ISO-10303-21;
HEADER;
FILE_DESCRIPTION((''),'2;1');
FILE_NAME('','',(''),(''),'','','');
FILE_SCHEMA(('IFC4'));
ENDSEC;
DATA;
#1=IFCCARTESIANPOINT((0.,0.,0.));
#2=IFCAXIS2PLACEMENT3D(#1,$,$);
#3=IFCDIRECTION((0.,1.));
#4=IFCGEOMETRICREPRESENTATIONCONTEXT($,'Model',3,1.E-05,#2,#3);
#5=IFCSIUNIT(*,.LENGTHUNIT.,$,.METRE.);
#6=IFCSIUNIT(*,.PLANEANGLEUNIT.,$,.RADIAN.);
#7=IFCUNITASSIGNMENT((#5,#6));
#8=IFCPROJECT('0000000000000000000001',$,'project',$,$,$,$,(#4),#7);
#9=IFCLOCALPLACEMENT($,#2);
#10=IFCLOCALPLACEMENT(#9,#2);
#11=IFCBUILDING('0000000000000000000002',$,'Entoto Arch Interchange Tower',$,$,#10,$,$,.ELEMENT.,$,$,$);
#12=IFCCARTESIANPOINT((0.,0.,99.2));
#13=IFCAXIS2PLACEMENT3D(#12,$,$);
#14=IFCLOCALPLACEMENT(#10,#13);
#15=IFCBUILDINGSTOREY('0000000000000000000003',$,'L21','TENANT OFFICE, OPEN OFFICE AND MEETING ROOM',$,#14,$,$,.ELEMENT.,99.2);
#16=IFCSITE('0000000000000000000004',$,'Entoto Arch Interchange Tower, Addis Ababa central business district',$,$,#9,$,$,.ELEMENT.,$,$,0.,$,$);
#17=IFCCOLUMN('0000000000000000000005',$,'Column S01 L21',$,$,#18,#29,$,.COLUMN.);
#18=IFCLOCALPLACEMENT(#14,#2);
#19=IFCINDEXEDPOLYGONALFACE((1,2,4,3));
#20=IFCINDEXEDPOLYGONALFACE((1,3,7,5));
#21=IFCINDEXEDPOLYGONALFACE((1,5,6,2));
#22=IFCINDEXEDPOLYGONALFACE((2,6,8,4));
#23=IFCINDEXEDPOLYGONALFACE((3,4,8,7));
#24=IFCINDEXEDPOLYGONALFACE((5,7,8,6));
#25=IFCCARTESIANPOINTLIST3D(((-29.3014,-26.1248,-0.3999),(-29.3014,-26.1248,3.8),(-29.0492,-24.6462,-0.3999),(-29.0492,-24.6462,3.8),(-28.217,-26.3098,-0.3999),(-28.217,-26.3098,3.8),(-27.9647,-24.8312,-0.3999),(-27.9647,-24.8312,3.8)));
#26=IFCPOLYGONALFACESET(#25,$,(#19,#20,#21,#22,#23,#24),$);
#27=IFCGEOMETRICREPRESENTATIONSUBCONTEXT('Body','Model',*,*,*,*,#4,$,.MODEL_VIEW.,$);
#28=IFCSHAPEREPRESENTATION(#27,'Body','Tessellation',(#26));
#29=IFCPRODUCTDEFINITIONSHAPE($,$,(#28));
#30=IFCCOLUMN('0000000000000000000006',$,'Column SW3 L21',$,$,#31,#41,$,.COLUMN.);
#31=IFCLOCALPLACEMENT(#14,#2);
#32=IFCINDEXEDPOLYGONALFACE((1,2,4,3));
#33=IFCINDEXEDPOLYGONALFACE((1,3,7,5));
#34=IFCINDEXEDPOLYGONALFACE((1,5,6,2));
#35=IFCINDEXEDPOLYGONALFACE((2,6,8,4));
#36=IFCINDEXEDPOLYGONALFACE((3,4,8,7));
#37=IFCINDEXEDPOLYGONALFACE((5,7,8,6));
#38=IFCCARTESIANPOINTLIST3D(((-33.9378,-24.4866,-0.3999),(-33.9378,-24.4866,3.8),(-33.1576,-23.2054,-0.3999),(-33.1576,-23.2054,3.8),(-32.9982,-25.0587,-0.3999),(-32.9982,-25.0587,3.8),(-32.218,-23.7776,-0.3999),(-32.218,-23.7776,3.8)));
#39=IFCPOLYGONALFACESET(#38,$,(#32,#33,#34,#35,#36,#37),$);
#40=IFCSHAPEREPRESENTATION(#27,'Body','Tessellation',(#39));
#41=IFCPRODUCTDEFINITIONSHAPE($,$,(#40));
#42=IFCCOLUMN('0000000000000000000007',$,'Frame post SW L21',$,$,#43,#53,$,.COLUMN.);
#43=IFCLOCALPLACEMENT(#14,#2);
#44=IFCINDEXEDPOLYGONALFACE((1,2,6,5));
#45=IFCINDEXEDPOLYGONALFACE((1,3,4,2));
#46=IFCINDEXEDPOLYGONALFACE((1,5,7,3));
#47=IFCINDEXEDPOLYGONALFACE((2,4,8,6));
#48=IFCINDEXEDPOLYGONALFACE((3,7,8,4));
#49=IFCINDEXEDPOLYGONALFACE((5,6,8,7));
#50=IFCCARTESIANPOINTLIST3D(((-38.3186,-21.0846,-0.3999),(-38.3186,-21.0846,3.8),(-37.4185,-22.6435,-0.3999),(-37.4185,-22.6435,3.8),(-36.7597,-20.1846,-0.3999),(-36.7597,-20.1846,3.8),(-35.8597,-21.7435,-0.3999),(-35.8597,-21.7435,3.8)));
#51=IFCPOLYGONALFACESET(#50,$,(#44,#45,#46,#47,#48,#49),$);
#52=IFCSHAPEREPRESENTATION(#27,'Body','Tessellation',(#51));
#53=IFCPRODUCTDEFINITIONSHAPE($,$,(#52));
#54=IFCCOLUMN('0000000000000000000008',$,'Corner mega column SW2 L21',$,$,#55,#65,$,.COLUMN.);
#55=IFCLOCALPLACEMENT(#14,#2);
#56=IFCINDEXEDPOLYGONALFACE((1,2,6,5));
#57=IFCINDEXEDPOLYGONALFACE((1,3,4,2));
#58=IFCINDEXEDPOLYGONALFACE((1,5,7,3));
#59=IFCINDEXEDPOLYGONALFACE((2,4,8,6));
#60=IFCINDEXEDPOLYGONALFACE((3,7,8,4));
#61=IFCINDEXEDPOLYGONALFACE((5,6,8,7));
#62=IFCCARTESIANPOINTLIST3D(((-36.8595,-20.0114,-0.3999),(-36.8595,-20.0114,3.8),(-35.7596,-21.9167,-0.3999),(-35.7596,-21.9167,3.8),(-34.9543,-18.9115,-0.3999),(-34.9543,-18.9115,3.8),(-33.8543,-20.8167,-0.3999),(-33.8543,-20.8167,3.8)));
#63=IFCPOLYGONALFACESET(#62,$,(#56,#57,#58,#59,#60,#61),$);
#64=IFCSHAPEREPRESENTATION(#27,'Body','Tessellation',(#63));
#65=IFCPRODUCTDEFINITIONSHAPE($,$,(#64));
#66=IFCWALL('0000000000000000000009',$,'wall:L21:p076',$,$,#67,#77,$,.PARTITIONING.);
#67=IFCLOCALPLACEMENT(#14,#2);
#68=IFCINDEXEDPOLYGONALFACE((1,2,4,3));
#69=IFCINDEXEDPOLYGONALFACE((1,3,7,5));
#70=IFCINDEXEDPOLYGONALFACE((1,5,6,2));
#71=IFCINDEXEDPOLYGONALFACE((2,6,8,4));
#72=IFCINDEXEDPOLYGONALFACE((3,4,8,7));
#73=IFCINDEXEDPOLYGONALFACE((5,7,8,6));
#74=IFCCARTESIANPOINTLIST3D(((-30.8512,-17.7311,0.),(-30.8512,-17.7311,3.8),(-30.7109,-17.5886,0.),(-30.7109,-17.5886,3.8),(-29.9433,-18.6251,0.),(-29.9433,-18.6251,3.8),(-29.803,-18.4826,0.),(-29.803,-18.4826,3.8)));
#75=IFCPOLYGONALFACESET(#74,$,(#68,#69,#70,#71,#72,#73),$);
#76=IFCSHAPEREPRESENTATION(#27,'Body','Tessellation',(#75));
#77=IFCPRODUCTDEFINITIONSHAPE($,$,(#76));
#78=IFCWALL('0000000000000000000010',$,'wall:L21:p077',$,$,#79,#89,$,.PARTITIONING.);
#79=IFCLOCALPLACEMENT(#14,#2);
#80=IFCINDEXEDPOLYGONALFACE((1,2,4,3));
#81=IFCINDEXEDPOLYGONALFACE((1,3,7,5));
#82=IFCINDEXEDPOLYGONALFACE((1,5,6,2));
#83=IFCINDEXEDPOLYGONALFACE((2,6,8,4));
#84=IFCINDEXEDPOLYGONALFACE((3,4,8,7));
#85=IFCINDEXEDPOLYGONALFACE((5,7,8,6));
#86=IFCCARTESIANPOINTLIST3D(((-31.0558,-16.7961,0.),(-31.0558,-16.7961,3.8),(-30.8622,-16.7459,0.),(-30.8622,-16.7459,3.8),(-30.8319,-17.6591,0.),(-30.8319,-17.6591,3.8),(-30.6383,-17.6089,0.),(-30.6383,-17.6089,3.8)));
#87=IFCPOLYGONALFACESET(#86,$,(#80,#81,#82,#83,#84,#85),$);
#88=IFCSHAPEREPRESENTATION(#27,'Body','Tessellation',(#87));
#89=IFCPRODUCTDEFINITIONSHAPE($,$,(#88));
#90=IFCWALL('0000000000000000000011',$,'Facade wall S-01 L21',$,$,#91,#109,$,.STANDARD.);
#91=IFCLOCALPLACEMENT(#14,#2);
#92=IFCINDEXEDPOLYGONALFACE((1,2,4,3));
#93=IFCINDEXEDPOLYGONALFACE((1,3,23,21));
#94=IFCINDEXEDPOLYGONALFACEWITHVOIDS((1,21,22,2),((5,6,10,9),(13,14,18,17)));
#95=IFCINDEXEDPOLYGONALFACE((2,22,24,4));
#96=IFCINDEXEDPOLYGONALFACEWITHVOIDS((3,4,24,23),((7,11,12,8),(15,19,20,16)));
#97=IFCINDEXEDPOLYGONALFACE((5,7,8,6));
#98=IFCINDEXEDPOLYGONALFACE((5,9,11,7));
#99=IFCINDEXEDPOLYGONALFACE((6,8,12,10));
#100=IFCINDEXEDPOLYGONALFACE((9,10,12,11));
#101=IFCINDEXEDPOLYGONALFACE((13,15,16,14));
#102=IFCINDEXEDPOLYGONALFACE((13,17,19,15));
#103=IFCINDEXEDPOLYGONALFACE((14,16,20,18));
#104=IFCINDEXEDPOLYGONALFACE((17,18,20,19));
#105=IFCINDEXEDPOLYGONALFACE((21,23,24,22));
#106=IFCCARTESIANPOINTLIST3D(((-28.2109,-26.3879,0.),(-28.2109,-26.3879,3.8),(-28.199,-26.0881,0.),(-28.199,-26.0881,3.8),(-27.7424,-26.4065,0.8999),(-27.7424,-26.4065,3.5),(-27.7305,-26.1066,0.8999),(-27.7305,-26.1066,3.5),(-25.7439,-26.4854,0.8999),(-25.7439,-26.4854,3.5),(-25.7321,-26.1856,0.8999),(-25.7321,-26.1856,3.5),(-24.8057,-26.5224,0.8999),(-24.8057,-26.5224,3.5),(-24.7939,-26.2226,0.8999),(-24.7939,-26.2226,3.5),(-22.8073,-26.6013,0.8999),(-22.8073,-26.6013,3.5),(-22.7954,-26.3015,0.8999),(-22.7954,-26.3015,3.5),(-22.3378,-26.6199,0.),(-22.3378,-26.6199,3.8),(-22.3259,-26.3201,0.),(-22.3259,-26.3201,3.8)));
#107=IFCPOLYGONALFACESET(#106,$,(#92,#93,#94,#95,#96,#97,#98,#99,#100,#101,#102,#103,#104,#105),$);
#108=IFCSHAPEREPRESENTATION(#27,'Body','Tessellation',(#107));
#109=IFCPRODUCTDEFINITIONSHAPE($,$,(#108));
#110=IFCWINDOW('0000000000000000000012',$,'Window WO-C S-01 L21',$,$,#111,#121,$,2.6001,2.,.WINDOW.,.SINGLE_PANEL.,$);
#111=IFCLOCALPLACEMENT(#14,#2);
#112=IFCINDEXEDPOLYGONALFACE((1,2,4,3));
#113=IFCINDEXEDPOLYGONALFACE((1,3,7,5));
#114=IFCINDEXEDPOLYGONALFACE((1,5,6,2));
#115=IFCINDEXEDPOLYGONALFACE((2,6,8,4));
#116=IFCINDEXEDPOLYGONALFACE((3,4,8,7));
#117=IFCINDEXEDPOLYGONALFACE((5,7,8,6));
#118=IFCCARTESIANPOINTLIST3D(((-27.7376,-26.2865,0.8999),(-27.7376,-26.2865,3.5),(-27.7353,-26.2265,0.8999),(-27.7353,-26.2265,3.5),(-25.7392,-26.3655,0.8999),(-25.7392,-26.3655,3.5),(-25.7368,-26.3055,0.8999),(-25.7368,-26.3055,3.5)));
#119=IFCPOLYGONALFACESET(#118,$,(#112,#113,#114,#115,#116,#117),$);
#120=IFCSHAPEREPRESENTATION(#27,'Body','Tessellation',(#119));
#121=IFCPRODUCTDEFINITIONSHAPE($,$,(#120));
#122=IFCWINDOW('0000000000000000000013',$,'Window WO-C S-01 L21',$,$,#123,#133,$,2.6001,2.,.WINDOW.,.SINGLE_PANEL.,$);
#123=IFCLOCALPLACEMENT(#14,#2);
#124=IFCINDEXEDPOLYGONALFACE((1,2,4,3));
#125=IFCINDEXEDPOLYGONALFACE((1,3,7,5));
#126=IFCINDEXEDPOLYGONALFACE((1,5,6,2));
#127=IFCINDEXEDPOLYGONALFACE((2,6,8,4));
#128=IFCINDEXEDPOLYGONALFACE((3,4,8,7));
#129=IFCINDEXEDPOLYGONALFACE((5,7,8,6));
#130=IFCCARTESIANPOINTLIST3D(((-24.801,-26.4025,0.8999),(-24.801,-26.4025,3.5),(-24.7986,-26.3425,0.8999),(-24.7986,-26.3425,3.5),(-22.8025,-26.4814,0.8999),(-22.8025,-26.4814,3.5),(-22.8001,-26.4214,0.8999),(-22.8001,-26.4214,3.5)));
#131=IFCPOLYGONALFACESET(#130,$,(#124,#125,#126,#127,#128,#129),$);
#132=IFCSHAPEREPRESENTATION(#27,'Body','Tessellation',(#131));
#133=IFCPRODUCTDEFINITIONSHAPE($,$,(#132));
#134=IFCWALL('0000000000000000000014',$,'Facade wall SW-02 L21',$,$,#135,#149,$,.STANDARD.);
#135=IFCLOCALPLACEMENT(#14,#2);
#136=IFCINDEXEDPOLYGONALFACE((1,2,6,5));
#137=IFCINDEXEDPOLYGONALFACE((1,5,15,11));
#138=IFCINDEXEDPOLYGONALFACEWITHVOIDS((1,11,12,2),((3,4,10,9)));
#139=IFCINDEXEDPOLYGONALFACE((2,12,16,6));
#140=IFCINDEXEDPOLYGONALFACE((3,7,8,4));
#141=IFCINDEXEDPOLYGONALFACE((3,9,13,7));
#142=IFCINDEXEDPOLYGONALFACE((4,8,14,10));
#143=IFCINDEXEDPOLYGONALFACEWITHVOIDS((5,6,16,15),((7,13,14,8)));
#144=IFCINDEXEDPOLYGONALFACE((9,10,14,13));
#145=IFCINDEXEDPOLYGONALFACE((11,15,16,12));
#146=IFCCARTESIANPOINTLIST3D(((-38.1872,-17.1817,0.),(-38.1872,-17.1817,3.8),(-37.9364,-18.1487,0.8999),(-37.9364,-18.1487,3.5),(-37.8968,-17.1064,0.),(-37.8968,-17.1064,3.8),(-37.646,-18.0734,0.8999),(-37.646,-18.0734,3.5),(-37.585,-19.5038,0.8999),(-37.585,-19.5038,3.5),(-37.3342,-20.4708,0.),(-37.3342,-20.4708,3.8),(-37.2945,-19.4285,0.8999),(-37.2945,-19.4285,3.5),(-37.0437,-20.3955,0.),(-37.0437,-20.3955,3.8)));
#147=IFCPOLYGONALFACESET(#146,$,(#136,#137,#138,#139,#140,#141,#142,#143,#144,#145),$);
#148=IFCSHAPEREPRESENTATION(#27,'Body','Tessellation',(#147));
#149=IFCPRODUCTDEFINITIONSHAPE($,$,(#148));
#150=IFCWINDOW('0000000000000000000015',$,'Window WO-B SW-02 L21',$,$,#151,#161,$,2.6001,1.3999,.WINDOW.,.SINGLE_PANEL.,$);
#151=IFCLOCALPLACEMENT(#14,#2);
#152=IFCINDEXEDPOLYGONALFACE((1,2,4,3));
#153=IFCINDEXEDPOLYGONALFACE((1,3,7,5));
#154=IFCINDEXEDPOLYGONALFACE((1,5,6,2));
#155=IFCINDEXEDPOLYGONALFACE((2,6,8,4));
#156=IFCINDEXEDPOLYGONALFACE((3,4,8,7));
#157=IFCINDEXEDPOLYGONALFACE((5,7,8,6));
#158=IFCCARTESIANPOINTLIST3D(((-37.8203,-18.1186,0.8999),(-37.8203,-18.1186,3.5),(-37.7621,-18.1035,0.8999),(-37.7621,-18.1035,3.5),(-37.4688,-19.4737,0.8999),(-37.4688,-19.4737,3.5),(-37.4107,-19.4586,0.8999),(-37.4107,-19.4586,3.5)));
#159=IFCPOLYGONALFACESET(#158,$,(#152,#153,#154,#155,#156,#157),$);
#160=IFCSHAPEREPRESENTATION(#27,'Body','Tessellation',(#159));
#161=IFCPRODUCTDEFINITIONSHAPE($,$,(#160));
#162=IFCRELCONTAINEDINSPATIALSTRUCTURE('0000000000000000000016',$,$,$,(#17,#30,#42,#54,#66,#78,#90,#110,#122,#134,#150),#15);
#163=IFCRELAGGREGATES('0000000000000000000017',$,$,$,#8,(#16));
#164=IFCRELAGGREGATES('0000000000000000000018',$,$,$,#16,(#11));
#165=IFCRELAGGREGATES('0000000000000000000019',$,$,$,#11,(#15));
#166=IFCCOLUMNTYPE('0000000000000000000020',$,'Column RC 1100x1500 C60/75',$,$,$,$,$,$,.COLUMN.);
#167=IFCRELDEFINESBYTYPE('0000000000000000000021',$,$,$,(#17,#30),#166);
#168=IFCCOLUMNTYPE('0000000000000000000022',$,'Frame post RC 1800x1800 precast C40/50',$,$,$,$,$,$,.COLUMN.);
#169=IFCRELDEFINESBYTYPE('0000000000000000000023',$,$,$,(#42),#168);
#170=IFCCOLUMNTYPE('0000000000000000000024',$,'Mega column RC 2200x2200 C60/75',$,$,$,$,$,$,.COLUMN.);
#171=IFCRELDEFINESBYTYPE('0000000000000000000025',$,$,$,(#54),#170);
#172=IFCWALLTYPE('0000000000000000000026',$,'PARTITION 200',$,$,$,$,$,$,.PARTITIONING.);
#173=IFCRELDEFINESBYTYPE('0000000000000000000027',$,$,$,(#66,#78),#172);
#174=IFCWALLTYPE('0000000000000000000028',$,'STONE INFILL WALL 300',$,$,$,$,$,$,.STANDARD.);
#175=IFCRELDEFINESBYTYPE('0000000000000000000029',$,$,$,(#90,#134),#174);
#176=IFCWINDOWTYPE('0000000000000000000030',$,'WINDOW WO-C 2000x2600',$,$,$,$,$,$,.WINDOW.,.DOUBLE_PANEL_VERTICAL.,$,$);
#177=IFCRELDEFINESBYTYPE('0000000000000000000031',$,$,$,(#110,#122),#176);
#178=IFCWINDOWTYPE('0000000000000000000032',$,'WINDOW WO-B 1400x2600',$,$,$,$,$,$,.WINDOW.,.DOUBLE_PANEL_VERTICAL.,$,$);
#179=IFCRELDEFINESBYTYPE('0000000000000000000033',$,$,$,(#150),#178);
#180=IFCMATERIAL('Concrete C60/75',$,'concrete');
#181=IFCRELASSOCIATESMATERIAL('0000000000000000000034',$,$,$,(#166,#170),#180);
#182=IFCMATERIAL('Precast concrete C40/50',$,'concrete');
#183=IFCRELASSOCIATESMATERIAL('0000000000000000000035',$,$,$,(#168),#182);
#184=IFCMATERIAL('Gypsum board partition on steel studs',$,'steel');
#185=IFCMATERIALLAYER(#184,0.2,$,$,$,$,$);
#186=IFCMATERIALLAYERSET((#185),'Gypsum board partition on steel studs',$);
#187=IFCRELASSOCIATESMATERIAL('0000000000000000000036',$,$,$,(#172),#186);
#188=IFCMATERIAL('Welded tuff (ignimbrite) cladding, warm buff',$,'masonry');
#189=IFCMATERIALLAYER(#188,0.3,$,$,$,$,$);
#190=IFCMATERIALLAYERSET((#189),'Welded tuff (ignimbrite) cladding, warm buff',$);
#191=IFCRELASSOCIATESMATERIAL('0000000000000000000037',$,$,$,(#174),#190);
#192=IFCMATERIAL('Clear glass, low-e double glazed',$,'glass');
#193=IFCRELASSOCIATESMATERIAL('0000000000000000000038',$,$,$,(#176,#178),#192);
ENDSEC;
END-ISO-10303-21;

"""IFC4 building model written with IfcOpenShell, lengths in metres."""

from ifc_helpers import new_model, si_unit, direction, frame, frame_2d, origin, origin_2d, place, context, subcontext, project, spatial, rectangle, extrude, material, layer, layer_set, material_profile, profile_set, type_object, element, fill, save


model = new_model("IFC4")

# Units and contexts
model_context = context("Model", 3, precision=1e-05, world=origin(), true_north=direction((0.0, 1.0)))
body_context = subcontext(model_context, "Body", "Model", "MODEL_VIEW")
ifc_project = project(units=[si_unit("LENGTHUNIT", "METRE"), si_unit("PLANEANGLEUNIT", "RADIAN")], contexts=[model_context])

# Site, building, storey
site_placement = place(None, origin())
site = spatial("IfcSite", under=ifc_project, at=site_placement, Name="Entoto Arch Interchange Tower, Addis Ababa central business district", CompositionType="ELEMENT", RefElevation=0.0)
building_placement = place(site_placement, origin())
building = spatial("IfcBuilding", under=site, at=building_placement, Name="Entoto Arch Interchange Tower", CompositionType="ELEMENT")
storey_placement = place(building_placement, frame((0.0, 0.0, 99.2)))
storey = spatial("IfcBuildingStorey", under=building, at=storey_placement, Name="L21", Description="TENANT OFFICE, OPEN OFFICE AND MEETING ROOM", CompositionType="ELEMENT", Elevation=99.2)

# Columns
ifc_material_1 = material(Name="Concrete C60/75", Category="concrete")
ifc_material_profile_1 = material_profile(ifc_material_1, rectangle(XDim=1.1001, YDim=1.5, at=origin_2d()))
ifc_profile_set_1 = profile_set([ifc_material_profile_1], Name="Concrete C60/75")
column_type_1 = type_object("IfcColumnType", Name="Column RC 1100x1500 C60/75", PredefinedType="COLUMN", material=ifc_profile_set_1)
for number, where, z_axis, x_axis, name in (
    (1, (-28.6331, -25.478, -0.3999), (0.0, 0.0, 1.0), (-0.985759, 0.168162, 0.0), "Column S01 L21"),
    (2, (-33.0779, -24.1321, -0.3999), (0.0, 0.0, 1.0), (-0.854096, 0.520116, 0.0), "Column SW3 L21"),
):
    element("IfcColumn", number, at=place(storey_placement, frame(where, z_axis=z_axis, x_axis=x_axis)), inside=storey, type_object=column_type_1, Name=name, PredefinedType="COLUMN", context=body_context, shape_type="SweptSolid", body=[
        extrude(rectangle(XDim=1.1001, YDim=1.5, at=origin_2d()), origin(), (0.0, 0.0, 1.0), 4.2),
    ])
ifc_material_2 = material(Name="Precast concrete C40/50", Category="concrete")
ifc_material_profile_2 = material_profile(ifc_material_2, rectangle(XDim=1.8, YDim=1.8, at=origin_2d()))
ifc_profile_set_2 = profile_set([ifc_material_profile_2], Name="Precast concrete C40/50")
column_type_2 = type_object("IfcColumnType", Name="Frame post RC 1800x1800 precast C40/50", PredefinedType="COLUMN", material=ifc_profile_set_2)
column_1_placement = place(storey_placement, frame((-37.0891, -21.4141, -0.3999), z_axis=(0.0, 0.0, 1.0), x_axis=(0.866025, 0.5, 0.0)))
element("IfcColumn", 3, at=column_1_placement, inside=storey, type_object=column_type_2, Name="Frame post SW L21", PredefinedType="COLUMN", context=body_context, shape_type="SweptSolid", body=[
    extrude(rectangle(XDim=1.8, YDim=1.8, at=origin_2d()), origin(), (0.0, 0.0, 1.0), 4.2),
])
ifc_material_profile_3 = material_profile(ifc_material_1, rectangle(XDim=2.2, YDim=2.2, at=origin_2d()))
ifc_profile_set_3 = profile_set([ifc_material_profile_3], Name="Concrete C60/75")
column_type_3 = type_object("IfcColumnType", Name="Mega column RC 2200x2200 C60/75", PredefinedType="COLUMN", material=ifc_profile_set_3)
column_2_placement = place(storey_placement, frame((-35.3569, -20.4141, -0.3999), z_axis=(0.0, 0.0, 1.0), x_axis=(0.866025, 0.5, 0.0)))
element("IfcColumn", 4, at=column_2_placement, inside=storey, type_object=column_type_3, Name="Corner mega column SW2 L21", PredefinedType="COLUMN", context=body_context, shape_type="SweptSolid", body=[
    extrude(rectangle(XDim=2.2, YDim=2.2, at=origin_2d()), origin(), (0.0, 0.0, 1.0), 4.2),
])

# Walls
ifc_material_3 = material(Name="Gypsum board partition on steel studs", Category="steel")
ifc_layer_1 = layer(ifc_material_3, 0.2)
ifc_layer_set_1 = layer_set([ifc_layer_1], Name="Gypsum board partition on steel studs")
wall_type_1 = type_object("IfcWallType", Name="PARTITION 200", PredefinedType="PARTITIONING", material=ifc_layer_set_1)
wall_1_placement = place(storey_placement, frame((-29.873, -18.554, 0.0), z_axis=(0.0, 0.0, 1.0), x_axis=(-0.712546, 0.701625, 0.0)))
element("IfcWall", 5, at=wall_1_placement, inside=storey, type_object=wall_type_1, Name="wall:L21:p076", PredefinedType="PARTITIONING", context=body_context, shape_type="SweptSolid", body=[
    extrude(rectangle(XDim=1.2742, YDim=0.2, at=frame_2d((0.6372, 0.0))), origin(), (0.0, 0.0, 1.0), 3.8),
])
wall_2_placement = place(storey_placement, frame((-30.7351, -17.634, 0.0), z_axis=(0.0, 0.0, 1.0), x_axis=(-0.251095, 0.967962, 0.0)))
element("IfcWall", 6, at=wall_2_placement, inside=storey, type_object=wall_type_1, Name="wall:L21:p077", PredefinedType="PARTITIONING", context=body_context, shape_type="SweptSolid", body=[
    extrude(rectangle(XDim=0.8916, YDim=0.2, at=frame_2d((0.4458, 0.0))), origin(), (0.0, 0.0, 1.0), 3.8),
])

# Wall, openings, windows
ifc_material_4 = material(Name="Welded tuff (ignimbrite) cladding, warm buff", Category="masonry")
ifc_layer_2 = layer(ifc_material_4, 0.3)
ifc_layer_set_2 = layer_set([ifc_layer_2], Name="Welded tuff (ignimbrite) cladding, warm buff")
wall_type_2 = type_object("IfcWallType", Name="STONE INFILL WALL 300", PredefinedType="STANDARD", material=ifc_layer_set_2)
wall_3_placement = place(storey_placement, frame((-28.2051, -26.238, 0.0), z_axis=(0.0, 0.0, 1.0), x_axis=(0.999221, -0.03946, 0.0)))
wall_3 = element("IfcWall", 7, at=wall_3_placement, inside=storey, type_object=wall_type_2, Name="Facade wall S-01 L21", PredefinedType="STANDARD", context=body_context, shape_type="SweptSolid", body=[
    extrude(rectangle(XDim=5.8777, YDim=0.3, at=frame_2d((2.939, 0.0))), origin(), (0.0, 0.0, 1.0), 3.8),
])
opening_1_placement = place(wall_3_placement, frame((0.469, 0.0, 0.8999)))
opening_1 = element("IfcOpeningElement", 8, at=opening_1_placement, cuts=wall_3, PredefinedType="OPENING", context=body_context, shape_type="SweptSolid", body=[
    extrude(rectangle(XDim=2.0, YDim=2.6001, at=frame_2d((1.0, 1.3))), frame((0.0, 0.1602, 0.0), z_axis=(0.0, -1.0, 0.0), x_axis=(1.0, 0.0, 0.0)), (0.0, 0.0, 1.0), 0.3201),
])
opening_2_placement = place(wall_3_placement, frame((3.408, 0.0, 0.8999)))
opening_2 = element("IfcOpeningElement", 9, at=opening_2_placement, cuts=wall_3, PredefinedType="OPENING", context=body_context, shape_type="SweptSolid", body=[
    extrude(rectangle(XDim=2.0, YDim=2.6001, at=frame_2d((1.0, 1.3))), frame((0.0, 0.1602, 0.0), z_axis=(0.0, -1.0, 0.0), x_axis=(1.0, 0.0, 0.0)), (0.0, 0.0, 1.0), 0.3201),
])
ifc_material_5 = material(Name="Clear glass, low-e double glazed", Category="glass")
window_type_1 = type_object("IfcWindowType", Name="WINDOW WO-C 2000x2600", PartitioningType="DOUBLE_PANEL_VERTICAL", PredefinedType="WINDOW", material=ifc_material_5)
window_1_placement = place(opening_1_placement, origin())
window_1 = element("IfcWindow", 10, at=window_1_placement, inside=storey, type_object=window_type_1, Name="Window WO-C S-01 L21", OverallHeight=2.6001, OverallWidth=2.0, PartitioningType="SINGLE_PANEL", PredefinedType="WINDOW", context=body_context, shape_type="SweptSolid", body=[
    extrude(rectangle(XDim=2.0, YDim=2.6001, at=frame_2d((1.0, 1.3))), frame((0.0, 0.03, 0.0), z_axis=(0.0, -1.0, 0.0), x_axis=(1.0, 0.0, 0.0)), (0.0, 0.0, 1.0), 0.0601),
])
fill(opening_1, window_1)
window_2_placement = place(opening_2_placement, origin())
window_2 = element("IfcWindow", 11, at=window_2_placement, inside=storey, type_object=window_type_1, Name="Window WO-C S-01 L21", OverallHeight=2.6001, OverallWidth=2.0, PartitioningType="SINGLE_PANEL", PredefinedType="WINDOW", context=body_context, shape_type="SweptSolid", body=[
    extrude(rectangle(XDim=2.0, YDim=2.6001, at=frame_2d((1.0, 1.3))), frame((0.0, 0.03, 0.0), z_axis=(0.0, -1.0, 0.0), x_axis=(1.0, 0.0, 0.0)), (0.0, 0.0, 1.0), 0.0601),
])
fill(opening_2, window_2)

# Wall, opening, window
wall_4_placement = place(storey_placement, frame((-38.042, -17.144, 0.0), z_axis=(0.0, 0.0, 1.0), x_axis=(0.251047, -0.967975, 0.0)))
wall_4 = element("IfcWall", 12, at=wall_4_placement, inside=storey, type_object=wall_type_2, Name="Facade wall SW-02 L21", PredefinedType="STANDARD", context=body_context, shape_type="SweptSolid", body=[
    extrude(rectangle(XDim=3.3979, YDim=0.3, at=frame_2d((1.699, 0.0))), origin(), (0.0, 0.0, 1.0), 3.8),
])
opening_3_placement = place(wall_4_placement, frame((0.999, 0.0, 0.8999)))
opening_3 = element("IfcOpeningElement", 13, at=opening_3_placement, cuts=wall_4, PredefinedType="OPENING", context=body_context, shape_type="SweptSolid", body=[
    extrude(rectangle(XDim=1.3999, YDim=2.6001, at=frame_2d((0.7, 1.3))), frame((0.0, 0.1602, 0.0), z_axis=(0.0, -1.0, 0.0), x_axis=(1.0, 0.0, 0.0)), (0.0, 0.0, 1.0), 0.3201),
])
window_type_2 = type_object("IfcWindowType", Name="WINDOW WO-B 1400x2600", PartitioningType="DOUBLE_PANEL_VERTICAL", PredefinedType="WINDOW", material=ifc_material_5)
window_3_placement = place(opening_3_placement, origin())
window_3 = element("IfcWindow", 14, at=window_3_placement, inside=storey, type_object=window_type_2, Name="Window WO-B SW-02 L21", OverallHeight=2.6001, OverallWidth=1.3999, PartitioningType="SINGLE_PANEL", PredefinedType="WINDOW", context=body_context, shape_type="SweptSolid", body=[
    extrude(rectangle(XDim=1.3999, YDim=2.6001, at=frame_2d((0.7, 1.3))), frame((0.0, 0.03, 0.0), z_axis=(0.0, -1.0, 0.0), x_axis=(1.0, 0.0, 0.0)), (0.0, 0.0, 1.0), 0.0601),
])
fill(opening_3, window_3)

save(model, "model.ifc")
